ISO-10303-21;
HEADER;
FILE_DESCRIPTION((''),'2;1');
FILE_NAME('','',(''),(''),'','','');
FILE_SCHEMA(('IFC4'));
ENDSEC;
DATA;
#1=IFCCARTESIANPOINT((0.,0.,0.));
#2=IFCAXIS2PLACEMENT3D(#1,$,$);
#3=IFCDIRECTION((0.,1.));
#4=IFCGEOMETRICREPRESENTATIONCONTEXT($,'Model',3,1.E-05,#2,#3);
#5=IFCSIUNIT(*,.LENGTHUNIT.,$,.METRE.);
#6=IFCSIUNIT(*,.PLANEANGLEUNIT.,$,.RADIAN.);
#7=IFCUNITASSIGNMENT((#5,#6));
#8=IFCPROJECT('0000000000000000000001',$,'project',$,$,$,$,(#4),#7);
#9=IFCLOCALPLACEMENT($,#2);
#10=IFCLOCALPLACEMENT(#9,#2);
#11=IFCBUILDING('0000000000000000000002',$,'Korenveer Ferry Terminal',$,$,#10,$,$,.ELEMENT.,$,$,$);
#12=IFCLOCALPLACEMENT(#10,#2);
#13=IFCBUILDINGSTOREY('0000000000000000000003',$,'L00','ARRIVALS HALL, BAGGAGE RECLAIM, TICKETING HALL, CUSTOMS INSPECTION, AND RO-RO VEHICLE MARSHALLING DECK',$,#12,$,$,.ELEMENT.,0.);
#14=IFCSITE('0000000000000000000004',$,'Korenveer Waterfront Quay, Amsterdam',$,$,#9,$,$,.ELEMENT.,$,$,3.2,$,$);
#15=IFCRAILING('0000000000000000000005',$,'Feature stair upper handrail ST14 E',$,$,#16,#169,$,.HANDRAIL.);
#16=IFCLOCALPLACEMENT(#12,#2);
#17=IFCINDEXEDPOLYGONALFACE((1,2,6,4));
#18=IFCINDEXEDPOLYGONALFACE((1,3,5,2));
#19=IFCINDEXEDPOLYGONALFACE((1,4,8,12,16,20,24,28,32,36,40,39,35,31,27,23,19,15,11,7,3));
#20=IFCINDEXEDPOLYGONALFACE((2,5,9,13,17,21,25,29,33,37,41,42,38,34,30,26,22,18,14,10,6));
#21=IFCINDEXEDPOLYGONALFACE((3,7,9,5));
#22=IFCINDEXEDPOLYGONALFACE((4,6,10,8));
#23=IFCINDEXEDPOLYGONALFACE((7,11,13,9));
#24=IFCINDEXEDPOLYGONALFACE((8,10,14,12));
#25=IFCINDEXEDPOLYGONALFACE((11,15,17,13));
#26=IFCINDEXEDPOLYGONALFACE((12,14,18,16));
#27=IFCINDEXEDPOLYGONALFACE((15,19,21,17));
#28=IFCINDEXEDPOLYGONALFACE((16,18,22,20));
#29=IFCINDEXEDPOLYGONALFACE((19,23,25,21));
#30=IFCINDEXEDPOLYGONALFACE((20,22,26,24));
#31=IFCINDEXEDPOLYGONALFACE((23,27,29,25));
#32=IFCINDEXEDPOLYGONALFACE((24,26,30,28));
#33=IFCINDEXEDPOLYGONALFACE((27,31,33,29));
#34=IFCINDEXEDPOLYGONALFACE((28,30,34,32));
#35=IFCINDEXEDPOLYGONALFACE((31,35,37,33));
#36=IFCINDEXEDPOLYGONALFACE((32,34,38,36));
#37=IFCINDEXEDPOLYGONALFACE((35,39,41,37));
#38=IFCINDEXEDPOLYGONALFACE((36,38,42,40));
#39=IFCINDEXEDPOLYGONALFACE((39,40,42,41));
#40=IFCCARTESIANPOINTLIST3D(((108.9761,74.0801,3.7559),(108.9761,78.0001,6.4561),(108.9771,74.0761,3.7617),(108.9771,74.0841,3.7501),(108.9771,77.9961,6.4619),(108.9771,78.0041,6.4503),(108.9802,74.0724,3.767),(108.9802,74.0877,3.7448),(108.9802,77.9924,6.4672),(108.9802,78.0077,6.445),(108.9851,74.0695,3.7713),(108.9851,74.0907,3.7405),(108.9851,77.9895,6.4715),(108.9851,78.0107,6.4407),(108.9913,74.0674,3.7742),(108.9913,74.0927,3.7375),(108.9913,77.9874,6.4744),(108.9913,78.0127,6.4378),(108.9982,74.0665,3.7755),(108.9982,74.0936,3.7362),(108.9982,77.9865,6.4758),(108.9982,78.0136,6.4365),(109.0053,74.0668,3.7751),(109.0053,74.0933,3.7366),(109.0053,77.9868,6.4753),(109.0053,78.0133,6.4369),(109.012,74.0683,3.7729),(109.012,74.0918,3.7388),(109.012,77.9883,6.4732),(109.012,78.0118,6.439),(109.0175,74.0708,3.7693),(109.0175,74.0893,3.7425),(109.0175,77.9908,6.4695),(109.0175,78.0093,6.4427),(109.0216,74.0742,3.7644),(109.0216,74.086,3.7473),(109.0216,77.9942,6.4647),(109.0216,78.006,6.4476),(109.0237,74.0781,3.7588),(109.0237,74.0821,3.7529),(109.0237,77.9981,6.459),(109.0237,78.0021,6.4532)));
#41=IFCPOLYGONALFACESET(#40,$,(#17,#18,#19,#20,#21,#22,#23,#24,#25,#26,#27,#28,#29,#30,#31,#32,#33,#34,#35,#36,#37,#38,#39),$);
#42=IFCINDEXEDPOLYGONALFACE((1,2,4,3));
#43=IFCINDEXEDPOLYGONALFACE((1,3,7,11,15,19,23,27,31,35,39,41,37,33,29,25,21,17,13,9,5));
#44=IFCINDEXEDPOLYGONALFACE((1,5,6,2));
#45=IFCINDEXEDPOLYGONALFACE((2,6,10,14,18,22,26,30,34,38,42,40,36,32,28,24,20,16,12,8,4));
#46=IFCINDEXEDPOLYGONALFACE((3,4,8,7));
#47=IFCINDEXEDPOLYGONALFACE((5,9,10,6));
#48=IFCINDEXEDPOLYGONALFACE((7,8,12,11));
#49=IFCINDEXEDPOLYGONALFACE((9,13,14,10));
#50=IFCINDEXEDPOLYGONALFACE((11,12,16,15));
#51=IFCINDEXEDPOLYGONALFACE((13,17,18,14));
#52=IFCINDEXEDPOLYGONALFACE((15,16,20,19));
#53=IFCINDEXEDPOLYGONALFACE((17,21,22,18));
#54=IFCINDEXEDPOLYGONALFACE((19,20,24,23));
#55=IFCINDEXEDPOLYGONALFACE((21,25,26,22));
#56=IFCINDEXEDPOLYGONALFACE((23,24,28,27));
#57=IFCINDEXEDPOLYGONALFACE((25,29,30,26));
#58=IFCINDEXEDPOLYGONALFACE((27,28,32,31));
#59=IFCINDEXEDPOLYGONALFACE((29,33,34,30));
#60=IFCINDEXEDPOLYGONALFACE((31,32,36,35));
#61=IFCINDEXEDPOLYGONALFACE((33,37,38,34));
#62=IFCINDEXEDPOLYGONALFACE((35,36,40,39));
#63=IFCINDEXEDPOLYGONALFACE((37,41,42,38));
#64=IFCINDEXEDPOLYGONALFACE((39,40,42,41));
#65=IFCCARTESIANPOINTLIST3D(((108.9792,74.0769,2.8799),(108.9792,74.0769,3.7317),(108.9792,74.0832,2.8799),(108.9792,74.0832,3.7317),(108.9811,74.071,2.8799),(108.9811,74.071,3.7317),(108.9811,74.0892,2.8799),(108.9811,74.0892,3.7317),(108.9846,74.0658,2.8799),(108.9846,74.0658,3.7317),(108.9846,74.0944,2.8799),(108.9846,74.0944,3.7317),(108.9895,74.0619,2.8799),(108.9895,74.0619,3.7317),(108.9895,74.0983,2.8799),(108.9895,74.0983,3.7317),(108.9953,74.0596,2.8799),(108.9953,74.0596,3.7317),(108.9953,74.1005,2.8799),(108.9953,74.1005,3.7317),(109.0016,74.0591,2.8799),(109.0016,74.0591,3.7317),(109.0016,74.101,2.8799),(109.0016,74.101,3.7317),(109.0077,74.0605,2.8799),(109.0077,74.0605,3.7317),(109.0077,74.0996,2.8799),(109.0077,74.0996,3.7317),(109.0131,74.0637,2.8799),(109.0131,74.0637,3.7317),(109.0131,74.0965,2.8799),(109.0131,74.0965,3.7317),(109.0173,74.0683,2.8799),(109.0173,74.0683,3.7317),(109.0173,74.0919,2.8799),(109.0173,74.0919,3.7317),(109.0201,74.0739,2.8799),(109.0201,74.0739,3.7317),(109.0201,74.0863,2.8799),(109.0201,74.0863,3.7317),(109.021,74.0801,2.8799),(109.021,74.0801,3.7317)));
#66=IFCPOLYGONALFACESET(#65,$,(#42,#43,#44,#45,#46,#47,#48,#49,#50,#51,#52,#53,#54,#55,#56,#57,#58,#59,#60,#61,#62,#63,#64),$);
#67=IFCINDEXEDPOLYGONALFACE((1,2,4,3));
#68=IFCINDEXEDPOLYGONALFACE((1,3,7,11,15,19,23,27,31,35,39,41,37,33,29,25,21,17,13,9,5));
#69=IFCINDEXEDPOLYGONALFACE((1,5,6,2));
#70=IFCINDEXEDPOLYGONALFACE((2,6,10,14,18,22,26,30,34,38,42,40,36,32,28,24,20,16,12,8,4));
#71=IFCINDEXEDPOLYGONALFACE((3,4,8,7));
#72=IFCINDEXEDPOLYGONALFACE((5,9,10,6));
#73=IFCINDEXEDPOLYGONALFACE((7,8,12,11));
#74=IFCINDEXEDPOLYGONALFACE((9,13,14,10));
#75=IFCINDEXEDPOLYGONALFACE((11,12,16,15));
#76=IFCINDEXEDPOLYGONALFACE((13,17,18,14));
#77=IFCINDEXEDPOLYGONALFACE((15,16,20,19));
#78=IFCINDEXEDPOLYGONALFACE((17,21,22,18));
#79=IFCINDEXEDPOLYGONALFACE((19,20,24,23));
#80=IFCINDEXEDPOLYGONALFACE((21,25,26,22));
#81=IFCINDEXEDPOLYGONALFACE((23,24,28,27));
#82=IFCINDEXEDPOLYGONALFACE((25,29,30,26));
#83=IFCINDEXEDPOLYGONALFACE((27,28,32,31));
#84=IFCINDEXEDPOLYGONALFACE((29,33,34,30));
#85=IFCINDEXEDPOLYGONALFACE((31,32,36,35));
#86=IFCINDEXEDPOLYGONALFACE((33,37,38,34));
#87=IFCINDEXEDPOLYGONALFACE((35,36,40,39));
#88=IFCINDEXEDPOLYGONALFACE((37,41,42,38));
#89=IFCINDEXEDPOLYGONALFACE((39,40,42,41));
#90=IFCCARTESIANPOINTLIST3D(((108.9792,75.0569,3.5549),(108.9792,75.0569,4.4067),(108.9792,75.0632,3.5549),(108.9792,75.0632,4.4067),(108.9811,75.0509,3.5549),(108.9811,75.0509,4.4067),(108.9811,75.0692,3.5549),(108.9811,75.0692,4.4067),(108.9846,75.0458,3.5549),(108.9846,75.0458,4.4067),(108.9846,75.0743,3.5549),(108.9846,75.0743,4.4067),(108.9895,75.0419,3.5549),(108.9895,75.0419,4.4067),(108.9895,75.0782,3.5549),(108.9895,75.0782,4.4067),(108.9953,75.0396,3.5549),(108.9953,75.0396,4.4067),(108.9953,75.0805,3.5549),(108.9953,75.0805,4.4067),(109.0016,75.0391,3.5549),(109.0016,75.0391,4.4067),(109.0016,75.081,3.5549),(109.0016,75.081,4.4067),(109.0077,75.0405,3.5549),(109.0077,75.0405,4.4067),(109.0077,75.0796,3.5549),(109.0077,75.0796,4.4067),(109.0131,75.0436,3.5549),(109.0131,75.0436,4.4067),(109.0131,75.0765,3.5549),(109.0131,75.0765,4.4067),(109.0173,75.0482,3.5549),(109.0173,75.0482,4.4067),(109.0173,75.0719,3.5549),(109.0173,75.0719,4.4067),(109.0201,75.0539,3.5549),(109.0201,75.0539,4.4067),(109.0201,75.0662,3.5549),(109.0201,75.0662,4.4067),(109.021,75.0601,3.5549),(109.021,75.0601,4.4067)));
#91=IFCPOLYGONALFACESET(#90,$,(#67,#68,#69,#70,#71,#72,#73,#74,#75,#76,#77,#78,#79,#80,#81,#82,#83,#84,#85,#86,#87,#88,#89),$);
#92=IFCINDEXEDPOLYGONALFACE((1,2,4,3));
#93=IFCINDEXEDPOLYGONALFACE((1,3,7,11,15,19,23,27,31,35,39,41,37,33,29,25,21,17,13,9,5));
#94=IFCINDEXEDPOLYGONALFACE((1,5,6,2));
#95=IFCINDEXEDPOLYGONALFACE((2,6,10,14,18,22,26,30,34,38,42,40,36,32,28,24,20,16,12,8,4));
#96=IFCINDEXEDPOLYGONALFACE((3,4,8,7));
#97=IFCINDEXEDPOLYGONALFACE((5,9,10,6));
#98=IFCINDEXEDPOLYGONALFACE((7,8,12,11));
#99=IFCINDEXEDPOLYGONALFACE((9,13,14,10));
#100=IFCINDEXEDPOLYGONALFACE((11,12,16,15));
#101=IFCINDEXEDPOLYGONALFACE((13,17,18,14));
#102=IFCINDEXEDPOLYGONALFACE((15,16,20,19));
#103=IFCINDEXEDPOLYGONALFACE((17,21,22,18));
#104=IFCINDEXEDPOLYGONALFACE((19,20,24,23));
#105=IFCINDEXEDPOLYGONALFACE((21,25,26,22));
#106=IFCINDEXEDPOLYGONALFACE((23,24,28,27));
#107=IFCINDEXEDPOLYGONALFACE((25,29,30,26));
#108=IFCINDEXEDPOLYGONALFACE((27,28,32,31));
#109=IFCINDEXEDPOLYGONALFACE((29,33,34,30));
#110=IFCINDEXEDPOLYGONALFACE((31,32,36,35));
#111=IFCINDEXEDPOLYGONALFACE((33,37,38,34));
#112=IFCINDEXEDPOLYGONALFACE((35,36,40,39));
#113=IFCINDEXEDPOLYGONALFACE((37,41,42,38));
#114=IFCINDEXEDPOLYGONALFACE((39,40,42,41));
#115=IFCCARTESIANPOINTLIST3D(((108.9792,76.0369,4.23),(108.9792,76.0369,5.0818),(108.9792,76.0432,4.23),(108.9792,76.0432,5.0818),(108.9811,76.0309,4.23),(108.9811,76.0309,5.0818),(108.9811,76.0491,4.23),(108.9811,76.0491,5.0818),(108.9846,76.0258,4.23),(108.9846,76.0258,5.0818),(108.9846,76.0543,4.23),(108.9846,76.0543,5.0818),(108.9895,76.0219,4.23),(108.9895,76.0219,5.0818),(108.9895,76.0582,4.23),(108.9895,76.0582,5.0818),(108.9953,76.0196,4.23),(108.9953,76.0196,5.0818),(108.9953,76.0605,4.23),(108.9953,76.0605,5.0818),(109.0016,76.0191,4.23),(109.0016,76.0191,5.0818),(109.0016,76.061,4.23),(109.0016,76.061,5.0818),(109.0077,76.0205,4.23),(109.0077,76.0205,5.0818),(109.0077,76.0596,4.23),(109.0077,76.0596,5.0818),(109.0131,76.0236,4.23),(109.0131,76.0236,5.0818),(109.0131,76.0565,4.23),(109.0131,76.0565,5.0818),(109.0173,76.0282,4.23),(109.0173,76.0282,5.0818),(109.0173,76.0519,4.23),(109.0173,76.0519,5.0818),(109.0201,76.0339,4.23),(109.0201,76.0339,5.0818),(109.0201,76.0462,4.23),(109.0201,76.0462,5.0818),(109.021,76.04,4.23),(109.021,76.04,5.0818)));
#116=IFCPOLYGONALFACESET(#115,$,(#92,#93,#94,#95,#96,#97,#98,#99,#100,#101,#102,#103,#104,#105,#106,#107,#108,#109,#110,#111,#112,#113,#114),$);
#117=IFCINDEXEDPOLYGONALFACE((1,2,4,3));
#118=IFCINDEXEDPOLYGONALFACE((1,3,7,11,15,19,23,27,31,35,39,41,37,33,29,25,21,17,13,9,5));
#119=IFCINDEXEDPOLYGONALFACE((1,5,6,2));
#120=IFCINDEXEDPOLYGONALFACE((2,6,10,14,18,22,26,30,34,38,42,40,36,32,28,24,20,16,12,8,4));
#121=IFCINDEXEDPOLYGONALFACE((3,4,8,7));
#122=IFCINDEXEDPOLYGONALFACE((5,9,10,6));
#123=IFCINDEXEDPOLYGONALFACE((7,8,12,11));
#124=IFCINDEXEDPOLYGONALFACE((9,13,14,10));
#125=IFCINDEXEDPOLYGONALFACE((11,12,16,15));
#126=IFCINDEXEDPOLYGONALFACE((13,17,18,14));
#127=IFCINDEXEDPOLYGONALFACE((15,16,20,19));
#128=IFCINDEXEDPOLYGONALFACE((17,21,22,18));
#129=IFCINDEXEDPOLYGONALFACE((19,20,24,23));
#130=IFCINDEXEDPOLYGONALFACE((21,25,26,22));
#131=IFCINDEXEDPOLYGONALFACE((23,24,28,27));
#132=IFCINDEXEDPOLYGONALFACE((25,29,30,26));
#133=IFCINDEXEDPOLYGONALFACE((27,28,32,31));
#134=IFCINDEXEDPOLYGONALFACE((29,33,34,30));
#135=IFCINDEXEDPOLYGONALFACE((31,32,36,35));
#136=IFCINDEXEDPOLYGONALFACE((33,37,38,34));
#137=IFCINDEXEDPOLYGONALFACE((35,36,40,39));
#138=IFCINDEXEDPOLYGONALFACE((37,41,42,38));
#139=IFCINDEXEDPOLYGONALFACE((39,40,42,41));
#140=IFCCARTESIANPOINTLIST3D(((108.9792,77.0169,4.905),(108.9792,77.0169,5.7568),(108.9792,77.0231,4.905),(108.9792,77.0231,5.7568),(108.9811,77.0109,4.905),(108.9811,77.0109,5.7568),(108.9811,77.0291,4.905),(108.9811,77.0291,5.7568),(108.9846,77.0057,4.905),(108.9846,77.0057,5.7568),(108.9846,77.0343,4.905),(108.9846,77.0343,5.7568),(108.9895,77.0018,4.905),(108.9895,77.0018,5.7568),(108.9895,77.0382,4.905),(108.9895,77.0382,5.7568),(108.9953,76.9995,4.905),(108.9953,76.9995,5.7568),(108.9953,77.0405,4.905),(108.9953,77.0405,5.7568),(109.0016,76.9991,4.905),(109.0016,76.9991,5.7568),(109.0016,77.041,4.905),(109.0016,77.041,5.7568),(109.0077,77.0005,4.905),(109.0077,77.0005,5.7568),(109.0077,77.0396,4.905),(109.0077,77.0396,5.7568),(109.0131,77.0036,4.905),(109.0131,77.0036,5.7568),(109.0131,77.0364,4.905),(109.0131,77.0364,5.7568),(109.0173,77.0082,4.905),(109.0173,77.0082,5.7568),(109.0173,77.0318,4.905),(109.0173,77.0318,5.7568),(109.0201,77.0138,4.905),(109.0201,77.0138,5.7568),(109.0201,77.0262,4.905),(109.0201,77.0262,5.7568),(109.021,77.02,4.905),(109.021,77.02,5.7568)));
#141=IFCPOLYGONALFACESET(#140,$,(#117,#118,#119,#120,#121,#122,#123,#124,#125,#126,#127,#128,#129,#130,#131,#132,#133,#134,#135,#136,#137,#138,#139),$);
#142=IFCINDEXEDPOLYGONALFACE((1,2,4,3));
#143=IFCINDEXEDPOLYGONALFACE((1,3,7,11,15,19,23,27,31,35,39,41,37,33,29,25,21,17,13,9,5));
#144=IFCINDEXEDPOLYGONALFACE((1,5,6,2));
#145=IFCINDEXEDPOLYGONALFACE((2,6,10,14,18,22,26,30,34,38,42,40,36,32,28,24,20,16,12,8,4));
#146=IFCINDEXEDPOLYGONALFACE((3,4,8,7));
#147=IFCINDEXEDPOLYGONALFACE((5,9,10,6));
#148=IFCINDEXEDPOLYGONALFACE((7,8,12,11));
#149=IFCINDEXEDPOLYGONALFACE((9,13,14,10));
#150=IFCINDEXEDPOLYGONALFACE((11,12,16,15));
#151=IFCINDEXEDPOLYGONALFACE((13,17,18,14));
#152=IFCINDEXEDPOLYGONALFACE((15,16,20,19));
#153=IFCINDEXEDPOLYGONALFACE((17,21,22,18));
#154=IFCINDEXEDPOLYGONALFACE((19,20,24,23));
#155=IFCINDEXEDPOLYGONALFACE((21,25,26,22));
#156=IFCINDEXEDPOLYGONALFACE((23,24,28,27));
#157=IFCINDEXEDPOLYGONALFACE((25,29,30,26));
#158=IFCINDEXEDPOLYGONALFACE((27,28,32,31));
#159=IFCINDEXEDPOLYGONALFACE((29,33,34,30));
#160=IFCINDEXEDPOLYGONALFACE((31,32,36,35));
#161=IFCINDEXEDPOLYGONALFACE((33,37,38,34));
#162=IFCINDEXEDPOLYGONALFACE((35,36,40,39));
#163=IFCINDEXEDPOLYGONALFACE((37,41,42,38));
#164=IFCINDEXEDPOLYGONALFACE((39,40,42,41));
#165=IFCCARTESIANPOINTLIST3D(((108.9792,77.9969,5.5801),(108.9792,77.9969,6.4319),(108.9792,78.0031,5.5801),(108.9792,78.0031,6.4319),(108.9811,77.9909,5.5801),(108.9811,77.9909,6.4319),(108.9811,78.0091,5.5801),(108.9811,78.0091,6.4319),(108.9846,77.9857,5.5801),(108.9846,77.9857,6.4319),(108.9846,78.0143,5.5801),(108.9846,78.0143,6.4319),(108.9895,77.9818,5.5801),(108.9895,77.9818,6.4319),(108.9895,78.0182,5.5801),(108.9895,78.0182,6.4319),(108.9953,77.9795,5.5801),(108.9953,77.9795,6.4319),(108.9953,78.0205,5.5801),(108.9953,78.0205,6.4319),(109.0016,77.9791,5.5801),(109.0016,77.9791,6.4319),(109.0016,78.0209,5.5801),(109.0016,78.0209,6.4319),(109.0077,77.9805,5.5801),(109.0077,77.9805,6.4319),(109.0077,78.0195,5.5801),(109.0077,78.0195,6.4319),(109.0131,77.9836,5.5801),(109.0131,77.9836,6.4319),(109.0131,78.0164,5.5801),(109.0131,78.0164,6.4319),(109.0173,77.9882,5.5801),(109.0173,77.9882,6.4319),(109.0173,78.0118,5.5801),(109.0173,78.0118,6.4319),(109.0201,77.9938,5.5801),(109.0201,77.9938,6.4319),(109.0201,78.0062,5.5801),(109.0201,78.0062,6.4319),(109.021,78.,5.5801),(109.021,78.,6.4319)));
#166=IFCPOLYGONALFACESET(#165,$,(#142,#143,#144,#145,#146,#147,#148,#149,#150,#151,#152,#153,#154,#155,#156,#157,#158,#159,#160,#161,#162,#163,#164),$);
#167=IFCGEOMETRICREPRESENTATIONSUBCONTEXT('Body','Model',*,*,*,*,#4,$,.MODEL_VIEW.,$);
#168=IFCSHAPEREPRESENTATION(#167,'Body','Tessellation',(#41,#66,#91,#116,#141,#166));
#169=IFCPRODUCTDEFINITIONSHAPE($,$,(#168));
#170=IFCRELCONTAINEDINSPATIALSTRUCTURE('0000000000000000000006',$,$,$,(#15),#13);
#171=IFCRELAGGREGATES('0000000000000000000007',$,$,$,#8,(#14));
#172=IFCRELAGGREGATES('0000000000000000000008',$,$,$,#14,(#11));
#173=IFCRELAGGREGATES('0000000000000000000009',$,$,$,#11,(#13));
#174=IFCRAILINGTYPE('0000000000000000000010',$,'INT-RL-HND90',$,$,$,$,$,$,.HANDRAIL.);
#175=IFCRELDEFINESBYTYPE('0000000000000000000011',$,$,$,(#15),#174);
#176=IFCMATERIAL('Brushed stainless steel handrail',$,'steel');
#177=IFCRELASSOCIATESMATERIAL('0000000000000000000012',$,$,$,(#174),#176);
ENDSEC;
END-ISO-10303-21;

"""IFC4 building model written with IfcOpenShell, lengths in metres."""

from ifc_helpers import new_model, si_unit, direction, frame, origin, origin_2d, place, context, subcontext, project, spatial, circle, extrude, material, type_object, element, save


model = new_model("IFC4")

# Units and contexts
model_context = context("Model", 3, precision=1e-05, world=origin(), true_north=direction((0.0, 1.0)))
body_context = subcontext(model_context, "Body", "Model", "MODEL_VIEW")
ifc_project = project(units=[si_unit("LENGTHUNIT", "METRE"), si_unit("PLANEANGLEUNIT", "RADIAN")], contexts=[model_context])

# Site, building, storey
site_placement = place(None, origin())
site = spatial("IfcSite", under=ifc_project, at=site_placement, Name="Korenveer Waterfront Quay, Amsterdam", CompositionType="ELEMENT", RefElevation=3.2)
building_placement = place(site_placement, origin())
building = spatial("IfcBuilding", under=site, at=building_placement, Name="Korenveer Ferry Terminal", CompositionType="ELEMENT")
storey_placement = place(building_placement, origin())
storey = spatial("IfcBuildingStorey", under=building, at=storey_placement, Name="L00", Description="ARRIVALS HALL, BAGGAGE RECLAIM, TICKETING HALL, CUSTOMS INSPECTION, AND RO-RO VEHICLE MARSHALLING DECK", CompositionType="ELEMENT", Elevation=0.0)

# Railing
ifc_material_1 = material(Name="Brushed stainless steel handrail", Category="steel")
railing_type_1 = type_object("IfcRailingType", Name="INT-RL-HND90", PredefinedType="HANDRAIL", material=ifc_material_1)
railing_1_placement = place(storey_placement, frame((109.0, 74.0801, 2.8799)))
element("IfcRailing", 1, at=railing_1_placement, inside=storey, type_object=railing_type_1, Name="Feature stair upper handrail ST14 E", PredefinedType="HANDRAIL", context=body_context, shape_type="SweptSolid", body=[
    extrude(circle(Radius=0.0239, at=origin_2d()), frame((0.0, 0.0, 0.876), z_axis=(0.0, 0.823527, 0.567277), x_axis=(-1.0, 0.0, 0.0)), (0.0, 0.0, 1.0), 4.76),
    extrude(circle(Radius=0.021, at=origin_2d()), origin(), (0.0, 0.0, 1.0), 0.8518),
    extrude(circle(Radius=0.021, at=origin_2d()), frame((0.0, 0.98, 0.675)), (0.0, 0.0, 1.0), 0.8518),
    extrude(circle(Radius=0.021, at=origin_2d()), frame((0.0, 1.96, 1.3501)), (0.0, 0.0, 1.0), 0.8518),
    extrude(circle(Radius=0.021, at=origin_2d()), frame((0.0, 2.9399, 2.0251)), (0.0, 0.0, 1.0), 0.8518),
    extrude(circle(Radius=0.021, at=origin_2d()), frame((0.0, 3.9199, 2.7002)), (0.0, 0.0, 1.0), 0.8518),
])

save(model, "model.ifc")
